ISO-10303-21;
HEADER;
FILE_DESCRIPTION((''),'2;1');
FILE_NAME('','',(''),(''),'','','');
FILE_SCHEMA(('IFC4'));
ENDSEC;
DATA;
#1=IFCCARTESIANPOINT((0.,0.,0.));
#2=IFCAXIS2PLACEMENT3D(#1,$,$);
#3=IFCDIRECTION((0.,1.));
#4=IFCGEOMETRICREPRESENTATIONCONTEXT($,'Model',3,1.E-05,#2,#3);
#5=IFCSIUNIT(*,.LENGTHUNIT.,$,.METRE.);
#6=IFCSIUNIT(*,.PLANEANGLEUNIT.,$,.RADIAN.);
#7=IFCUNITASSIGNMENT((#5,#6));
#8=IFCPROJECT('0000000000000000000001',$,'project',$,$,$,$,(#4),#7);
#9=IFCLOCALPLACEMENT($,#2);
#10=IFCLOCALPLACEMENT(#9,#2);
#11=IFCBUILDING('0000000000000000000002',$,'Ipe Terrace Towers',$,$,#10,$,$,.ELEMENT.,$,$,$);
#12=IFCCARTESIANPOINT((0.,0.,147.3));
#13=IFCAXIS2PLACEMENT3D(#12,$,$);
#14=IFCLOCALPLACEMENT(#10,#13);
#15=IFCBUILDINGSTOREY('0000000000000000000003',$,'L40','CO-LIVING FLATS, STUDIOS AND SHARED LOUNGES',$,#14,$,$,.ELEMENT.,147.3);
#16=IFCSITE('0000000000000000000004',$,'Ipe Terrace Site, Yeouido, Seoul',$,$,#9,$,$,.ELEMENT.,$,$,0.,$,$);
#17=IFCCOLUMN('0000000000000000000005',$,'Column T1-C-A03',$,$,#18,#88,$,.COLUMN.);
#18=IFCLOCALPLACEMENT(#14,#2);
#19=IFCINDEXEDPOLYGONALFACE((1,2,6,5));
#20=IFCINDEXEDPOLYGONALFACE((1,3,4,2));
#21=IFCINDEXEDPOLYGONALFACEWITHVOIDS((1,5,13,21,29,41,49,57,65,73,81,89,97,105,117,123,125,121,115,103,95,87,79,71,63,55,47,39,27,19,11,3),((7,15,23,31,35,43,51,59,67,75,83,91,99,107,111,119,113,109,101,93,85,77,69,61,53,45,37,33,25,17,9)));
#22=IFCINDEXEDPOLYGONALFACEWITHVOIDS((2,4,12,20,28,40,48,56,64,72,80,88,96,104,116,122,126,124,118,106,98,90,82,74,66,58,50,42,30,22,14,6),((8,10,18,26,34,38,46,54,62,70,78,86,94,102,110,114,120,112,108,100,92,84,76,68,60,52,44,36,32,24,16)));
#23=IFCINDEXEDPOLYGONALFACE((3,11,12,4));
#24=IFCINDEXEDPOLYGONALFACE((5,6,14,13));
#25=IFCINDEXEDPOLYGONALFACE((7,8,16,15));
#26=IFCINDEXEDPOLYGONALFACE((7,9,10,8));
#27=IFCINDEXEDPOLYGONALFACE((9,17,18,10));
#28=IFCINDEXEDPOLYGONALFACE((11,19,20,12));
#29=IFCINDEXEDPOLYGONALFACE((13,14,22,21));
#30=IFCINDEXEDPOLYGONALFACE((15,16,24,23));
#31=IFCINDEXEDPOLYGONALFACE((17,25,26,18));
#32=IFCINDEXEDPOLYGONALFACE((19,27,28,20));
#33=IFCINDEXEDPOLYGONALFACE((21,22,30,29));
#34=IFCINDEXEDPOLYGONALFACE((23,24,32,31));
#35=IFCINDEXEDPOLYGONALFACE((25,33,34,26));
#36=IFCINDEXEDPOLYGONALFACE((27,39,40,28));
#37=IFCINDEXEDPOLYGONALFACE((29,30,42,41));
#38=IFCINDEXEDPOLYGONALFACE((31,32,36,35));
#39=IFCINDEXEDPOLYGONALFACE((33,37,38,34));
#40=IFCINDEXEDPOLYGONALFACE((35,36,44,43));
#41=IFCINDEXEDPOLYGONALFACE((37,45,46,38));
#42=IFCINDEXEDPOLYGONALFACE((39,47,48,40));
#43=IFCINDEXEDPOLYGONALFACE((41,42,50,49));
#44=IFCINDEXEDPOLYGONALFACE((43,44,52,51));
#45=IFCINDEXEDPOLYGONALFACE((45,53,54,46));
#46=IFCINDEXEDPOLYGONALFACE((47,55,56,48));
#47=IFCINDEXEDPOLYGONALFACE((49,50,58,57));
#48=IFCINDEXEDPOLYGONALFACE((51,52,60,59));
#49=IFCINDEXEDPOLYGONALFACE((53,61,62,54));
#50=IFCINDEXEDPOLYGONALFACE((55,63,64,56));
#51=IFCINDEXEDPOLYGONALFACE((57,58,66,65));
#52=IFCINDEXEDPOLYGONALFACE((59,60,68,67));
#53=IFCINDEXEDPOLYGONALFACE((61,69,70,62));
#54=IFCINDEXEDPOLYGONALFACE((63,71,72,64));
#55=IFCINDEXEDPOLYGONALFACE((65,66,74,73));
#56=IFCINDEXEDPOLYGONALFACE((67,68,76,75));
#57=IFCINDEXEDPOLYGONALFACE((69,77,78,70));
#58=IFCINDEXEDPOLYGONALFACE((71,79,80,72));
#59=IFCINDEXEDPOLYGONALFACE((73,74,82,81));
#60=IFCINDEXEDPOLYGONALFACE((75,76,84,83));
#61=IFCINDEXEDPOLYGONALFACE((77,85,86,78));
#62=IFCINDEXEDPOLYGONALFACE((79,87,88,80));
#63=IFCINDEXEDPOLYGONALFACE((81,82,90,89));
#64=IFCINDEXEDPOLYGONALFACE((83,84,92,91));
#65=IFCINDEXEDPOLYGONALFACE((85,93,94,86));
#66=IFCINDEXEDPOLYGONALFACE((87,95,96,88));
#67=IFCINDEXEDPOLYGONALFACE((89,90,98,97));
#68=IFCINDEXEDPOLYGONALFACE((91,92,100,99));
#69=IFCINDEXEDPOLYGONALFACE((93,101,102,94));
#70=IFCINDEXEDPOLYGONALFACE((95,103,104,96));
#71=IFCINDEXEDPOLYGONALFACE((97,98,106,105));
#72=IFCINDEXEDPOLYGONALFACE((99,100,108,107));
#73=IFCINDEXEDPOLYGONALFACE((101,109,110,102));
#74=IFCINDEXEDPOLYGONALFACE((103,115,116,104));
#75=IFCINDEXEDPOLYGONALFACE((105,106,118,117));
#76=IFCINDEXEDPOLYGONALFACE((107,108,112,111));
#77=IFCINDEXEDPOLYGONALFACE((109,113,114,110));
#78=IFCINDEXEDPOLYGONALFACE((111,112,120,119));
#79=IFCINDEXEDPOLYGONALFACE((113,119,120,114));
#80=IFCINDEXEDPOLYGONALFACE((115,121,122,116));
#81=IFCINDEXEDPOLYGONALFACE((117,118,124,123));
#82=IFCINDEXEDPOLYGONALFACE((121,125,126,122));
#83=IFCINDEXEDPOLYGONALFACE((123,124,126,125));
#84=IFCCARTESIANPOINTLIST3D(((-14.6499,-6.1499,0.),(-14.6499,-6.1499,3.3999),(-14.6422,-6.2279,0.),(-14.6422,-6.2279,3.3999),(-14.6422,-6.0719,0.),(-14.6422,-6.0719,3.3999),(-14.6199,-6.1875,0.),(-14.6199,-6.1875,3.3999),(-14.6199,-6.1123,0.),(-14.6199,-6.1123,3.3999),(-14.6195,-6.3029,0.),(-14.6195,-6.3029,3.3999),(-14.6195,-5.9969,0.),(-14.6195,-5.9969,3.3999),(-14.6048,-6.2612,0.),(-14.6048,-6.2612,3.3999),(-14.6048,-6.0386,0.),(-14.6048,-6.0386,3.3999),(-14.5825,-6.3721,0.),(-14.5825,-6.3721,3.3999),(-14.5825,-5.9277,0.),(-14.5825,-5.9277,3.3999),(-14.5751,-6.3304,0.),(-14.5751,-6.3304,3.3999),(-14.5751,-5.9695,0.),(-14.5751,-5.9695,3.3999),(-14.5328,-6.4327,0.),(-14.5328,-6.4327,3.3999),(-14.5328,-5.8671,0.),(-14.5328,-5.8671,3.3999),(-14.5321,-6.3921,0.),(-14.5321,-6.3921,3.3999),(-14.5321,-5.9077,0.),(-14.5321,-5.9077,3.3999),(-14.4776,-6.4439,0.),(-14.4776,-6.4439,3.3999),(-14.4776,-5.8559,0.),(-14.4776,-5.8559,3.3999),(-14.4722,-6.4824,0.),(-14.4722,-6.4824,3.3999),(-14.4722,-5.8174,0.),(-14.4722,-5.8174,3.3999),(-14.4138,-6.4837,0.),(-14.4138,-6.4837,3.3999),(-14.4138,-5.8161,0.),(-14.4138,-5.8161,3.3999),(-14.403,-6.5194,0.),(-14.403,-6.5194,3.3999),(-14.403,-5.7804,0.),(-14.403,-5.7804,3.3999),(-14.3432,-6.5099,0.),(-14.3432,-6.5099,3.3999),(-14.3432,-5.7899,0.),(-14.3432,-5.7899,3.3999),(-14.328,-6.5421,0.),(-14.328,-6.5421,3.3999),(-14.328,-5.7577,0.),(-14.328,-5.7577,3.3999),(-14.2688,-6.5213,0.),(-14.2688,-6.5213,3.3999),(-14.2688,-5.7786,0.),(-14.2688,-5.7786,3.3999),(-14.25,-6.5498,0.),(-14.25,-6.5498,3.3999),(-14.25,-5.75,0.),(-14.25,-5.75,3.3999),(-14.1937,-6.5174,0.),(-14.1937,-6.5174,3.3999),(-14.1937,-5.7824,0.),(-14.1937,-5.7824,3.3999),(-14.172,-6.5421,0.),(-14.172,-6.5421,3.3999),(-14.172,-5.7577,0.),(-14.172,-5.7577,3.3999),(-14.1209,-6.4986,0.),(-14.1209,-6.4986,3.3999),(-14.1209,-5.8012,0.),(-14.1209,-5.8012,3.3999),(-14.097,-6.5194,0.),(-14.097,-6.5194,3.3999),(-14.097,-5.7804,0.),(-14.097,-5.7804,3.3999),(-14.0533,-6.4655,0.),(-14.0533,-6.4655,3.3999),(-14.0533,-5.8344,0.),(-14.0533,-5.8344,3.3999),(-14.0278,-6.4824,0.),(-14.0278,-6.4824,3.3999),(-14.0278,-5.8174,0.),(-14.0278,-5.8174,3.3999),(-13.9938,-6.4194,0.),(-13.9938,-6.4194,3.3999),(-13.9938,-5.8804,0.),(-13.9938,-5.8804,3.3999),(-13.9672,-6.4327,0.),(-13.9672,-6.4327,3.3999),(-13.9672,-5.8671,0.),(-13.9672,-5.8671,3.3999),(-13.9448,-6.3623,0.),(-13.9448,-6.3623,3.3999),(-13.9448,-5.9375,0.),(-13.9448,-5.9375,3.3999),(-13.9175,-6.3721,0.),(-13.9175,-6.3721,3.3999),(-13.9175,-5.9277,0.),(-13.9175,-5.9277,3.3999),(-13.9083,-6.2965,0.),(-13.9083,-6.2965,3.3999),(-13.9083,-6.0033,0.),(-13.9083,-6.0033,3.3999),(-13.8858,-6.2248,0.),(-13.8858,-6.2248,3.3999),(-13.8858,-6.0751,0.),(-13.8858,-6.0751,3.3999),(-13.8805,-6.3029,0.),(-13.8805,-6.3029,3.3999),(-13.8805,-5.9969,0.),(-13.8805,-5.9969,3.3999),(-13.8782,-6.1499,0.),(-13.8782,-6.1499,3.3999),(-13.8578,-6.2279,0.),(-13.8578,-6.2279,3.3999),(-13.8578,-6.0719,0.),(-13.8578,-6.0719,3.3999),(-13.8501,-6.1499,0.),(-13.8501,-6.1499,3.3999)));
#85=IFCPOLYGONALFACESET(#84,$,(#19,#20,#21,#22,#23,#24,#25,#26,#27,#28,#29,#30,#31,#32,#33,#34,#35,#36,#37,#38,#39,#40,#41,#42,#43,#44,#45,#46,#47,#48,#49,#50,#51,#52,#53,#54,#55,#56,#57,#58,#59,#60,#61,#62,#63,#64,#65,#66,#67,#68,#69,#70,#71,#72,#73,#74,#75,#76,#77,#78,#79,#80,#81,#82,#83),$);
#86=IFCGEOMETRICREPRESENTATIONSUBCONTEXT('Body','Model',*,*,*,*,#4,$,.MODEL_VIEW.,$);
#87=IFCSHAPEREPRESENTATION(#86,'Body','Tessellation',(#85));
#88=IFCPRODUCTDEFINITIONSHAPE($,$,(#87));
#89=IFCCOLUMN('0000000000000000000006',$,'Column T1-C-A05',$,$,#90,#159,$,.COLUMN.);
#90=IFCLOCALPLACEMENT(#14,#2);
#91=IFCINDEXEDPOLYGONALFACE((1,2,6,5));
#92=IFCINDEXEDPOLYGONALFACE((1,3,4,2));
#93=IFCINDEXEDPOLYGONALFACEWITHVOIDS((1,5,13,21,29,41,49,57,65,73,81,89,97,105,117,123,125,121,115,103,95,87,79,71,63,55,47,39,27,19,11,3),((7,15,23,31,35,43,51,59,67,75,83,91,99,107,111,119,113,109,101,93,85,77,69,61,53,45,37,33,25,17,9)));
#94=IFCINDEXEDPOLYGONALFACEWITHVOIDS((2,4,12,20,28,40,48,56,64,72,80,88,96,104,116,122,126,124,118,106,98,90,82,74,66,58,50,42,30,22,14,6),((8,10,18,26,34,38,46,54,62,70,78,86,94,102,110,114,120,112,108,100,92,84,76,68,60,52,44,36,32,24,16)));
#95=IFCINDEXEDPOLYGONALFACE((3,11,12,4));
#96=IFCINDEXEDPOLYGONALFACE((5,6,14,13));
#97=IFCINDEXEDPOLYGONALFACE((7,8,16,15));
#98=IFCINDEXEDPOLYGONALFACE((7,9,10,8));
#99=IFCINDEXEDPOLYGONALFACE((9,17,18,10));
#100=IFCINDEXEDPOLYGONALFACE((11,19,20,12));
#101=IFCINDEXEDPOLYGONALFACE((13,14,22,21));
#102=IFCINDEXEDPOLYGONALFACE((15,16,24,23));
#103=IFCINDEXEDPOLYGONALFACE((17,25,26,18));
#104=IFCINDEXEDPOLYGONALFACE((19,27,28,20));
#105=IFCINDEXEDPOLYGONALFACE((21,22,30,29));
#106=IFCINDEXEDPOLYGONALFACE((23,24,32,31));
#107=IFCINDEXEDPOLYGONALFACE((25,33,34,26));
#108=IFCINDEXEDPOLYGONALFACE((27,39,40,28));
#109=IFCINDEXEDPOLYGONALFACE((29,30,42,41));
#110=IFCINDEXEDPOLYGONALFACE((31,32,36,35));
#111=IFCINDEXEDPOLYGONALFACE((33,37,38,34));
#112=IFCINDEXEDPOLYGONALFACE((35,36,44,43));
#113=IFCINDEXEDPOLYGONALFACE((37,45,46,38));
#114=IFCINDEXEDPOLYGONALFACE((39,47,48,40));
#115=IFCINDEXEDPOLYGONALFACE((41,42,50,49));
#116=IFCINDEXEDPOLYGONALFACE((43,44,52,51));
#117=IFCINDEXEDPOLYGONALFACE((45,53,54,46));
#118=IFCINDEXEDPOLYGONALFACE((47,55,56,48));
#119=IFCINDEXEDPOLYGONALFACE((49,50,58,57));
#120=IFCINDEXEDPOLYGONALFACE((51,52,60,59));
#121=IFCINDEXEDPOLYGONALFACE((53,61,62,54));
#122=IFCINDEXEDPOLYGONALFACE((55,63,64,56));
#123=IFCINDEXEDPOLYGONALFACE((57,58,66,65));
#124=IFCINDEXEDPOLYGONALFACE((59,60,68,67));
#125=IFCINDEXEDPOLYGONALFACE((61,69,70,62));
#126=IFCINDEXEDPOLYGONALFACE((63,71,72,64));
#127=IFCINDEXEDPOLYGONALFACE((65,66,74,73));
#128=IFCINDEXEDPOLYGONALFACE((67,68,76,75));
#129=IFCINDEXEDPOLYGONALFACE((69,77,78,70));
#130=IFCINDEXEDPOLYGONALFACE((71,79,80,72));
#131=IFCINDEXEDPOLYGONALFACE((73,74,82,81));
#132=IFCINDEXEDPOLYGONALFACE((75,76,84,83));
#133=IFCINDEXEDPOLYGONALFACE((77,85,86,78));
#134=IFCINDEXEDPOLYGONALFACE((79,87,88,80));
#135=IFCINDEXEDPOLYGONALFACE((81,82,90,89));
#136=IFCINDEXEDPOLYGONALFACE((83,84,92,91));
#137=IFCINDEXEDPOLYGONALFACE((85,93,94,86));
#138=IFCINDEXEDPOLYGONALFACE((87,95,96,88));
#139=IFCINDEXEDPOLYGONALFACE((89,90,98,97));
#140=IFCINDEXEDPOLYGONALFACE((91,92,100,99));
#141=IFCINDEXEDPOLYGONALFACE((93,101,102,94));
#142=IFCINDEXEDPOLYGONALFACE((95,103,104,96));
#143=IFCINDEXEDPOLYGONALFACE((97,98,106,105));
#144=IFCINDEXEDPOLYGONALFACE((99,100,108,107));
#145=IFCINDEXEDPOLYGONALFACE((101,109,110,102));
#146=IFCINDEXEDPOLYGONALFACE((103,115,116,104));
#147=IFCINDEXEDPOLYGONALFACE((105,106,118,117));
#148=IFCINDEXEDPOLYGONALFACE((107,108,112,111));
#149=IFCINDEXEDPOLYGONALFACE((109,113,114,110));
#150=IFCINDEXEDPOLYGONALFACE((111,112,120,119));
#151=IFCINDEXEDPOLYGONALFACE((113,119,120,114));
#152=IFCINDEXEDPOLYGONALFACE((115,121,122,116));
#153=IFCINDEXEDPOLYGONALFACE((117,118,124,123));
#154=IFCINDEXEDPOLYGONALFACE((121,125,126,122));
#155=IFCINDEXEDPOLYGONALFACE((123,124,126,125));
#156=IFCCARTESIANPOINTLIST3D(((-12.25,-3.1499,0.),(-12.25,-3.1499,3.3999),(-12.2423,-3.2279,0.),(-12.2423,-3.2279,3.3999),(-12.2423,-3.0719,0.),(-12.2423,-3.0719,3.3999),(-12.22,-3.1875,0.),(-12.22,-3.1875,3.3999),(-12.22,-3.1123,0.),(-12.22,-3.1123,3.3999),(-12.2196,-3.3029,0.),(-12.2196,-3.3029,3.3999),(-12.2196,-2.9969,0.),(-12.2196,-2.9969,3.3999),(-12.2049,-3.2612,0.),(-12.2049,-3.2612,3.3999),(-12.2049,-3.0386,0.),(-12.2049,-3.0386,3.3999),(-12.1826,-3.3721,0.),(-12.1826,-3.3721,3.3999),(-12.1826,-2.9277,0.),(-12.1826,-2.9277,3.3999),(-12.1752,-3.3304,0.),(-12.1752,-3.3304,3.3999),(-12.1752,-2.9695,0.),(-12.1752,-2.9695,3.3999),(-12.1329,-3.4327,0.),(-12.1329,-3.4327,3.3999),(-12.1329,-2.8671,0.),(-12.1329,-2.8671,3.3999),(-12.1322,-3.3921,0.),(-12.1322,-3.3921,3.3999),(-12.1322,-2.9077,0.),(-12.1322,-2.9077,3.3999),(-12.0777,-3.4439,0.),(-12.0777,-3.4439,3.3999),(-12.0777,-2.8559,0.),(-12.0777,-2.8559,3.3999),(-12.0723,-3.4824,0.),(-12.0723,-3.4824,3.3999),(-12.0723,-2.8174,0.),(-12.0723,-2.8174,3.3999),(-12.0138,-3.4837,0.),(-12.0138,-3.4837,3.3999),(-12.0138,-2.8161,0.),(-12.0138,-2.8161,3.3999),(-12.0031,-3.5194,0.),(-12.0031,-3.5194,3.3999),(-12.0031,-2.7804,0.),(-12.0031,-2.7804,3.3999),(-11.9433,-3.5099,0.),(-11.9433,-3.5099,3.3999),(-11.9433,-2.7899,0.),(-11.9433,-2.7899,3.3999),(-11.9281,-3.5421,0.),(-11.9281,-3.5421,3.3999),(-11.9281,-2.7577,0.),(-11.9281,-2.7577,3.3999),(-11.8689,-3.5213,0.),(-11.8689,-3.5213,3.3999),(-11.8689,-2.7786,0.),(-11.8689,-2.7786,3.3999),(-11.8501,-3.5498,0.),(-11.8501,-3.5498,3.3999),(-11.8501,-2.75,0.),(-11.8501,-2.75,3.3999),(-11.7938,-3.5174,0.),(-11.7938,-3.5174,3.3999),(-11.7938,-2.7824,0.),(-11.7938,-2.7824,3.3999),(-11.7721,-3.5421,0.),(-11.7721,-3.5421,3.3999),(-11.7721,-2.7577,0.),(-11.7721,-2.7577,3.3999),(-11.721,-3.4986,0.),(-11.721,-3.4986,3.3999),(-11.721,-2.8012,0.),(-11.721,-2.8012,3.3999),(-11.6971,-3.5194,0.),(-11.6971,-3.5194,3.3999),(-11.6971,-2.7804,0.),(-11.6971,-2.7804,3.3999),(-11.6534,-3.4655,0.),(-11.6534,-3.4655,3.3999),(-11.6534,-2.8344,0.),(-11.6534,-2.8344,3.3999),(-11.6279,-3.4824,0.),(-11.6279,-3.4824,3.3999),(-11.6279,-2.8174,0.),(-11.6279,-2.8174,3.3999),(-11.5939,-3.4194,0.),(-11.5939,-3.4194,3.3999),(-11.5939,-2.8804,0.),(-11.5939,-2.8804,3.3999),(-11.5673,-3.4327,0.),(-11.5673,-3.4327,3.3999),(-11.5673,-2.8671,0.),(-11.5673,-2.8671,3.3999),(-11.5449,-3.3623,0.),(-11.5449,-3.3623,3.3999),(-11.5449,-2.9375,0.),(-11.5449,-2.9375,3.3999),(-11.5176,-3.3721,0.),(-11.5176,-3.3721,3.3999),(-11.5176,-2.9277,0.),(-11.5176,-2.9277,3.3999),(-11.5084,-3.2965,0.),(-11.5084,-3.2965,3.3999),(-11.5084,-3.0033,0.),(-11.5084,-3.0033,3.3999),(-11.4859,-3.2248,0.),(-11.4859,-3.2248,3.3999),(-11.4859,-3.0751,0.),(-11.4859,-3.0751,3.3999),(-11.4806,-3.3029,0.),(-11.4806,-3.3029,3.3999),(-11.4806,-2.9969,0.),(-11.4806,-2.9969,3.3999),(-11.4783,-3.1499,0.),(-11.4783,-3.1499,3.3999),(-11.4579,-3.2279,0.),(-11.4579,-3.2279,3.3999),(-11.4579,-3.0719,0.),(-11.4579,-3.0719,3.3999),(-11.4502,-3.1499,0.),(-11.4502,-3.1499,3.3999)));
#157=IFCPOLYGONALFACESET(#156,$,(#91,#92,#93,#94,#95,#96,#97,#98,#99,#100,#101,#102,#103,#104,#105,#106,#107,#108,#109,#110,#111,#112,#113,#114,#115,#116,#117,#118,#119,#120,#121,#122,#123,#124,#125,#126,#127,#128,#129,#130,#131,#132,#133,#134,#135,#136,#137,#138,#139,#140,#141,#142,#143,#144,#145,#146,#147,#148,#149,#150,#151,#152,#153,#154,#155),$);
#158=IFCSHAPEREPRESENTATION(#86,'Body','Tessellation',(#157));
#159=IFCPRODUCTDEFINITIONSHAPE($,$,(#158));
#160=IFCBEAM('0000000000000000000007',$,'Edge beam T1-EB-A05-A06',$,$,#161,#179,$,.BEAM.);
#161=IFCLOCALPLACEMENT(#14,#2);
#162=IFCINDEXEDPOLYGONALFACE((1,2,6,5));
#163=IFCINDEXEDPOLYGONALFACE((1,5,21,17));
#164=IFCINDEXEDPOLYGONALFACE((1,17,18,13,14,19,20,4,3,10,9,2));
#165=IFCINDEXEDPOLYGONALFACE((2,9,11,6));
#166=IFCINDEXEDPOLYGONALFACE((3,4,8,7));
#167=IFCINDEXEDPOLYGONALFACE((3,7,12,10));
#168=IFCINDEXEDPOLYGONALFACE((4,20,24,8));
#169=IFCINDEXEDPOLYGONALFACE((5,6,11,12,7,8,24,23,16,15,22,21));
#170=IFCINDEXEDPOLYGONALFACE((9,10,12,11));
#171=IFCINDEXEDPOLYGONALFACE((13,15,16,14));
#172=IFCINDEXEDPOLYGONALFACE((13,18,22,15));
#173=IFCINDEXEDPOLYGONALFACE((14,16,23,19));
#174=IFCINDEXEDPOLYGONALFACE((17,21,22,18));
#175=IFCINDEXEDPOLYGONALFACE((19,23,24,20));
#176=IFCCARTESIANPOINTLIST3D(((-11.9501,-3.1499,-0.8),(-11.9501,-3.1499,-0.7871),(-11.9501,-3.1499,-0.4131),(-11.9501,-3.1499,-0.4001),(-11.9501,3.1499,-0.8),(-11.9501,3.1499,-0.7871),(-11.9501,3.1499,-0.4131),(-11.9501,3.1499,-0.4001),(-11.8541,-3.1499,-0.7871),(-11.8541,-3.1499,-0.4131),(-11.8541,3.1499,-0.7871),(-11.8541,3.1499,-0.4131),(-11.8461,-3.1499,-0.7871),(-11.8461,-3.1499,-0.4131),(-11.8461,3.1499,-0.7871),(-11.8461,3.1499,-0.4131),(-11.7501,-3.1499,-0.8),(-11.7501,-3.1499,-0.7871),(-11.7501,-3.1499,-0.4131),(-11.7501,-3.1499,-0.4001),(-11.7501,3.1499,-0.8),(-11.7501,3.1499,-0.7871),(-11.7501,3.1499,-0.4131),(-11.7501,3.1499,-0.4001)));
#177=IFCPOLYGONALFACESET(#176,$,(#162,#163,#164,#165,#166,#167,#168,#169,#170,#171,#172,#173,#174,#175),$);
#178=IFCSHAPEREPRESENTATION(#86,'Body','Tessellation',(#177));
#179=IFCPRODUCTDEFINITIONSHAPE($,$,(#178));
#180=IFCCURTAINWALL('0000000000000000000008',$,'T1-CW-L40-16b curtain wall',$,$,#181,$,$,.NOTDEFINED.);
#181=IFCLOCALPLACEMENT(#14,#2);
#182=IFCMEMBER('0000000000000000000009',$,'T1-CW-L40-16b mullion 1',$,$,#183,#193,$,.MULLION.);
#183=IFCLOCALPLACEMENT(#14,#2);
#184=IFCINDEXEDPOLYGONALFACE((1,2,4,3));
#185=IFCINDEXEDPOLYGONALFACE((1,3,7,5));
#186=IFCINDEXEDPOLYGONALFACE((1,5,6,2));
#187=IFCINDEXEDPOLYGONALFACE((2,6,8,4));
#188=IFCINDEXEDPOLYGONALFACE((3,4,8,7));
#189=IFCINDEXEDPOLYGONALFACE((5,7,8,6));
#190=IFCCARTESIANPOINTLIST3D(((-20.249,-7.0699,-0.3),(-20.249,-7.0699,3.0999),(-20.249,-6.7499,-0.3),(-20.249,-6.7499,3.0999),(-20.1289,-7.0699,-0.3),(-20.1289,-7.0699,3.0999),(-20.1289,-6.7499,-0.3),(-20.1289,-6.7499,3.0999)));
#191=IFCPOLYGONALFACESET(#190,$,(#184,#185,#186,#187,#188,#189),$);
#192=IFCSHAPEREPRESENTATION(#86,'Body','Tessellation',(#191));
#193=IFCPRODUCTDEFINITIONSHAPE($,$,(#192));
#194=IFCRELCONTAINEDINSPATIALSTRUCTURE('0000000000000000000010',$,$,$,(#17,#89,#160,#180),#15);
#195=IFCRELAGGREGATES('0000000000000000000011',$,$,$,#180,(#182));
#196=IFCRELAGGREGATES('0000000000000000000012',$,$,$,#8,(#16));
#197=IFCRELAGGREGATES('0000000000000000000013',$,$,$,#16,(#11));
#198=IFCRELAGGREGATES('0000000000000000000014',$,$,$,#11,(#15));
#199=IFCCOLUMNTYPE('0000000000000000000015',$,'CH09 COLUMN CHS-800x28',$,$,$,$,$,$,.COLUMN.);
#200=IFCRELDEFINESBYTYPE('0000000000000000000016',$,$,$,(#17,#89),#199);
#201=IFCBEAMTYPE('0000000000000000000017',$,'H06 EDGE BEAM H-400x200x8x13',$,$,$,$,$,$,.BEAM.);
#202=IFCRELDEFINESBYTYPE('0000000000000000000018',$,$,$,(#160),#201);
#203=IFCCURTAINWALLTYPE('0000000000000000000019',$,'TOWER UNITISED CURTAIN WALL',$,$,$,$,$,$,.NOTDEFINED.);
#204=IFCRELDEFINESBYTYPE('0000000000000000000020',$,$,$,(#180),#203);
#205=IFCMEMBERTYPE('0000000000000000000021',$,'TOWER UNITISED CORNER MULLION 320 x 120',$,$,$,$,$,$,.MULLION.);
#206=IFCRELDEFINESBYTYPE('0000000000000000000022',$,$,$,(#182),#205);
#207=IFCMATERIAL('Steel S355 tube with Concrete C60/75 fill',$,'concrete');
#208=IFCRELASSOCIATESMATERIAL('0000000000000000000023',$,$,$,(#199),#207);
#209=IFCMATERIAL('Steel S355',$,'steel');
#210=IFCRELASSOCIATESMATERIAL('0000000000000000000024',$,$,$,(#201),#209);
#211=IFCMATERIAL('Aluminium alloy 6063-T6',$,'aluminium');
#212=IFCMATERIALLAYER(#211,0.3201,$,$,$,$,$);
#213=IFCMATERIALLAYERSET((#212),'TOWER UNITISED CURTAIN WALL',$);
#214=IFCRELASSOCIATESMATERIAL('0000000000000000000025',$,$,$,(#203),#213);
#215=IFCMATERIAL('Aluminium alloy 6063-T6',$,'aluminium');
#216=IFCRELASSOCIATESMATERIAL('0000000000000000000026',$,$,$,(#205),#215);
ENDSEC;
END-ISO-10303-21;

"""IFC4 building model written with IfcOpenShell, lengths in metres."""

from ifc_helpers import new_model, si_unit, direction, frame, origin, origin_2d, place, context, subcontext, project, spatial, rectangle, hollow_circle, i_section, extrude, material, layer, layer_set, material_profile, profile_set, type_object, element, aggregate, save


model = new_model("IFC4")

# Units and contexts
model_context = context("Model", 3, precision=1e-05, world=origin(), true_north=direction((0.0, 1.0)))
body_context = subcontext(model_context, "Body", "Model", "MODEL_VIEW")
ifc_project = project(units=[si_unit("LENGTHUNIT", "METRE"), si_unit("PLANEANGLEUNIT", "RADIAN")], contexts=[model_context])

# Site, building, storey
site_placement = place(None, origin())
site = spatial("IfcSite", under=ifc_project, at=site_placement, Name="Ipe Terrace Site, Yeouido, Seoul", CompositionType="ELEMENT", RefElevation=0.0)
building_placement = place(site_placement, origin())
building = spatial("IfcBuilding", under=site, at=building_placement, Name="Ipe Terrace Towers", CompositionType="ELEMENT")
storey_placement = place(building_placement, frame((0.0, 0.0, 147.3)))
storey = spatial("IfcBuildingStorey", under=building, at=storey_placement, Name="L40", Description="CO-LIVING FLATS, STUDIOS AND SHARED LOUNGES", CompositionType="ELEMENT", Elevation=147.3)

# Columns
ifc_material_1 = material(Name="Steel S355 tube with Concrete C60/75 fill", Category="concrete")
ifc_material_profile_1 = material_profile(ifc_material_1, hollow_circle(Radius=0.3999, WallThickness=0.0281, at=origin_2d()), Name="CHS-800x28")
ifc_profile_set_1 = profile_set([ifc_material_profile_1], Name="Steel S355 tube with Concrete C60/75 fill")
column_type = type_object("IfcColumnType", Name="CH09 COLUMN CHS-800x28", PredefinedType="COLUMN", material=ifc_profile_set_1)
for number, where, z_axis, x_axis, name in (
    (1, (-14.25, -6.1499, 0.0), (0.0, 0.0, 1.0), (1.0, 0.0, 0.0), "Column T1-C-A03"),
    (2, (-11.8501, -3.1499, 0.0), (0.0, 0.0, 1.0), (1.0, 0.0, 0.0), "Column T1-C-A05"),
):
    element("IfcColumn", number, at=place(storey_placement, frame(where, z_axis=z_axis, x_axis=x_axis)), inside=storey, type_object=column_type, Name=name, PredefinedType="COLUMN", context=body_context, shape_type="SweptSolid", body=[
        extrude(hollow_circle(Radius=0.3999, WallThickness=0.0281, at=origin_2d()), origin(), (0.0, 0.0, 1.0), 3.3999),
    ])

# Beam
ifc_material_2 = material(Name="Steel S355", Category="steel")
ifc_material_profile_2 = material_profile(ifc_material_2, i_section(OverallWidth=0.2, OverallDepth=0.3999, WebThickness=0.0081, FlangeThickness=0.0129, at=origin_2d()), Name="H-400x200x8x13")
ifc_profile_set_2 = profile_set([ifc_material_profile_2], Name="Steel S355")
beam_type = type_object("IfcBeamType", Name="H06 EDGE BEAM H-400x200x8x13", PredefinedType="BEAM", material=ifc_profile_set_2)
beam_placement = place(storey_placement, frame((-11.8501, -3.1499, -0.6001), z_axis=(0.0, 1.0, 0.0), x_axis=(-1.0, 0.0, 0.0)))
element("IfcBeam", 3, at=beam_placement, inside=storey, type_object=beam_type, Name="Edge beam T1-EB-A05-A06", PredefinedType="BEAM", context=body_context, shape_type="SweptSolid", body=[
    extrude(i_section(OverallWidth=0.2, OverallDepth=0.3999, WebThickness=0.0081, FlangeThickness=0.0129, at=origin_2d()), origin(), (0.0, 0.0, 1.0), 6.2998),
])

# Curtain wall, member
ifc_material_3 = material(Name="Aluminium alloy 6063-T6", Category="aluminium")
ifc_layer_1 = layer(ifc_material_3, 0.3201)
ifc_layer_set_1 = layer_set([ifc_layer_1], Name="TOWER UNITISED CURTAIN WALL")
curtain_wall_type = type_object("IfcCurtainWallType", Name="TOWER UNITISED CURTAIN WALL", PredefinedType="NOTDEFINED", material=ifc_layer_set_1)
curtain_wall_1_placement = place(storey_placement, origin())
curtain_wall_1 = element("IfcCurtainWall", 4, at=curtain_wall_1_placement, inside=storey, type_object=curtain_wall_type, Name="T1-CW-L40-16b curtain wall", PredefinedType="NOTDEFINED")
ifc_material_4 = material(Name="Aluminium alloy 6063-T6", Category="aluminium")
ifc_material_profile_3 = material_profile(ifc_material_4, rectangle(XDim=0.3201, YDim=0.1201, at=origin_2d()), Name="TOWER UNITISED CORNER MULLION 320 x 120")
ifc_profile_set_3 = profile_set([ifc_material_profile_3], Name="Aluminium alloy 6063-T6")
member_type_1 = type_object("IfcMemberType", Name="TOWER UNITISED CORNER MULLION 320 x 120", PredefinedType="MULLION", material=ifc_profile_set_3)
member_1_placement = place(storey_placement, frame((-20.189, -6.9099, -0.3), z_axis=(0.0, 0.0, 1.0), x_axis=(0.0, -1.0, 0.0)))
member_1 = element("IfcMember", 5, at=member_1_placement, type_object=member_type_1, Name="T1-CW-L40-16b mullion 1", PredefinedType="MULLION", context=body_context, shape_type="SweptSolid", body=[
    extrude(rectangle(XDim=0.3201, YDim=0.1201, at=origin_2d()), origin(), (0.0, 0.0, 1.0), 3.3999),
])

aggregate(curtain_wall_1, [member_1])

save(model, "model.ifc")
